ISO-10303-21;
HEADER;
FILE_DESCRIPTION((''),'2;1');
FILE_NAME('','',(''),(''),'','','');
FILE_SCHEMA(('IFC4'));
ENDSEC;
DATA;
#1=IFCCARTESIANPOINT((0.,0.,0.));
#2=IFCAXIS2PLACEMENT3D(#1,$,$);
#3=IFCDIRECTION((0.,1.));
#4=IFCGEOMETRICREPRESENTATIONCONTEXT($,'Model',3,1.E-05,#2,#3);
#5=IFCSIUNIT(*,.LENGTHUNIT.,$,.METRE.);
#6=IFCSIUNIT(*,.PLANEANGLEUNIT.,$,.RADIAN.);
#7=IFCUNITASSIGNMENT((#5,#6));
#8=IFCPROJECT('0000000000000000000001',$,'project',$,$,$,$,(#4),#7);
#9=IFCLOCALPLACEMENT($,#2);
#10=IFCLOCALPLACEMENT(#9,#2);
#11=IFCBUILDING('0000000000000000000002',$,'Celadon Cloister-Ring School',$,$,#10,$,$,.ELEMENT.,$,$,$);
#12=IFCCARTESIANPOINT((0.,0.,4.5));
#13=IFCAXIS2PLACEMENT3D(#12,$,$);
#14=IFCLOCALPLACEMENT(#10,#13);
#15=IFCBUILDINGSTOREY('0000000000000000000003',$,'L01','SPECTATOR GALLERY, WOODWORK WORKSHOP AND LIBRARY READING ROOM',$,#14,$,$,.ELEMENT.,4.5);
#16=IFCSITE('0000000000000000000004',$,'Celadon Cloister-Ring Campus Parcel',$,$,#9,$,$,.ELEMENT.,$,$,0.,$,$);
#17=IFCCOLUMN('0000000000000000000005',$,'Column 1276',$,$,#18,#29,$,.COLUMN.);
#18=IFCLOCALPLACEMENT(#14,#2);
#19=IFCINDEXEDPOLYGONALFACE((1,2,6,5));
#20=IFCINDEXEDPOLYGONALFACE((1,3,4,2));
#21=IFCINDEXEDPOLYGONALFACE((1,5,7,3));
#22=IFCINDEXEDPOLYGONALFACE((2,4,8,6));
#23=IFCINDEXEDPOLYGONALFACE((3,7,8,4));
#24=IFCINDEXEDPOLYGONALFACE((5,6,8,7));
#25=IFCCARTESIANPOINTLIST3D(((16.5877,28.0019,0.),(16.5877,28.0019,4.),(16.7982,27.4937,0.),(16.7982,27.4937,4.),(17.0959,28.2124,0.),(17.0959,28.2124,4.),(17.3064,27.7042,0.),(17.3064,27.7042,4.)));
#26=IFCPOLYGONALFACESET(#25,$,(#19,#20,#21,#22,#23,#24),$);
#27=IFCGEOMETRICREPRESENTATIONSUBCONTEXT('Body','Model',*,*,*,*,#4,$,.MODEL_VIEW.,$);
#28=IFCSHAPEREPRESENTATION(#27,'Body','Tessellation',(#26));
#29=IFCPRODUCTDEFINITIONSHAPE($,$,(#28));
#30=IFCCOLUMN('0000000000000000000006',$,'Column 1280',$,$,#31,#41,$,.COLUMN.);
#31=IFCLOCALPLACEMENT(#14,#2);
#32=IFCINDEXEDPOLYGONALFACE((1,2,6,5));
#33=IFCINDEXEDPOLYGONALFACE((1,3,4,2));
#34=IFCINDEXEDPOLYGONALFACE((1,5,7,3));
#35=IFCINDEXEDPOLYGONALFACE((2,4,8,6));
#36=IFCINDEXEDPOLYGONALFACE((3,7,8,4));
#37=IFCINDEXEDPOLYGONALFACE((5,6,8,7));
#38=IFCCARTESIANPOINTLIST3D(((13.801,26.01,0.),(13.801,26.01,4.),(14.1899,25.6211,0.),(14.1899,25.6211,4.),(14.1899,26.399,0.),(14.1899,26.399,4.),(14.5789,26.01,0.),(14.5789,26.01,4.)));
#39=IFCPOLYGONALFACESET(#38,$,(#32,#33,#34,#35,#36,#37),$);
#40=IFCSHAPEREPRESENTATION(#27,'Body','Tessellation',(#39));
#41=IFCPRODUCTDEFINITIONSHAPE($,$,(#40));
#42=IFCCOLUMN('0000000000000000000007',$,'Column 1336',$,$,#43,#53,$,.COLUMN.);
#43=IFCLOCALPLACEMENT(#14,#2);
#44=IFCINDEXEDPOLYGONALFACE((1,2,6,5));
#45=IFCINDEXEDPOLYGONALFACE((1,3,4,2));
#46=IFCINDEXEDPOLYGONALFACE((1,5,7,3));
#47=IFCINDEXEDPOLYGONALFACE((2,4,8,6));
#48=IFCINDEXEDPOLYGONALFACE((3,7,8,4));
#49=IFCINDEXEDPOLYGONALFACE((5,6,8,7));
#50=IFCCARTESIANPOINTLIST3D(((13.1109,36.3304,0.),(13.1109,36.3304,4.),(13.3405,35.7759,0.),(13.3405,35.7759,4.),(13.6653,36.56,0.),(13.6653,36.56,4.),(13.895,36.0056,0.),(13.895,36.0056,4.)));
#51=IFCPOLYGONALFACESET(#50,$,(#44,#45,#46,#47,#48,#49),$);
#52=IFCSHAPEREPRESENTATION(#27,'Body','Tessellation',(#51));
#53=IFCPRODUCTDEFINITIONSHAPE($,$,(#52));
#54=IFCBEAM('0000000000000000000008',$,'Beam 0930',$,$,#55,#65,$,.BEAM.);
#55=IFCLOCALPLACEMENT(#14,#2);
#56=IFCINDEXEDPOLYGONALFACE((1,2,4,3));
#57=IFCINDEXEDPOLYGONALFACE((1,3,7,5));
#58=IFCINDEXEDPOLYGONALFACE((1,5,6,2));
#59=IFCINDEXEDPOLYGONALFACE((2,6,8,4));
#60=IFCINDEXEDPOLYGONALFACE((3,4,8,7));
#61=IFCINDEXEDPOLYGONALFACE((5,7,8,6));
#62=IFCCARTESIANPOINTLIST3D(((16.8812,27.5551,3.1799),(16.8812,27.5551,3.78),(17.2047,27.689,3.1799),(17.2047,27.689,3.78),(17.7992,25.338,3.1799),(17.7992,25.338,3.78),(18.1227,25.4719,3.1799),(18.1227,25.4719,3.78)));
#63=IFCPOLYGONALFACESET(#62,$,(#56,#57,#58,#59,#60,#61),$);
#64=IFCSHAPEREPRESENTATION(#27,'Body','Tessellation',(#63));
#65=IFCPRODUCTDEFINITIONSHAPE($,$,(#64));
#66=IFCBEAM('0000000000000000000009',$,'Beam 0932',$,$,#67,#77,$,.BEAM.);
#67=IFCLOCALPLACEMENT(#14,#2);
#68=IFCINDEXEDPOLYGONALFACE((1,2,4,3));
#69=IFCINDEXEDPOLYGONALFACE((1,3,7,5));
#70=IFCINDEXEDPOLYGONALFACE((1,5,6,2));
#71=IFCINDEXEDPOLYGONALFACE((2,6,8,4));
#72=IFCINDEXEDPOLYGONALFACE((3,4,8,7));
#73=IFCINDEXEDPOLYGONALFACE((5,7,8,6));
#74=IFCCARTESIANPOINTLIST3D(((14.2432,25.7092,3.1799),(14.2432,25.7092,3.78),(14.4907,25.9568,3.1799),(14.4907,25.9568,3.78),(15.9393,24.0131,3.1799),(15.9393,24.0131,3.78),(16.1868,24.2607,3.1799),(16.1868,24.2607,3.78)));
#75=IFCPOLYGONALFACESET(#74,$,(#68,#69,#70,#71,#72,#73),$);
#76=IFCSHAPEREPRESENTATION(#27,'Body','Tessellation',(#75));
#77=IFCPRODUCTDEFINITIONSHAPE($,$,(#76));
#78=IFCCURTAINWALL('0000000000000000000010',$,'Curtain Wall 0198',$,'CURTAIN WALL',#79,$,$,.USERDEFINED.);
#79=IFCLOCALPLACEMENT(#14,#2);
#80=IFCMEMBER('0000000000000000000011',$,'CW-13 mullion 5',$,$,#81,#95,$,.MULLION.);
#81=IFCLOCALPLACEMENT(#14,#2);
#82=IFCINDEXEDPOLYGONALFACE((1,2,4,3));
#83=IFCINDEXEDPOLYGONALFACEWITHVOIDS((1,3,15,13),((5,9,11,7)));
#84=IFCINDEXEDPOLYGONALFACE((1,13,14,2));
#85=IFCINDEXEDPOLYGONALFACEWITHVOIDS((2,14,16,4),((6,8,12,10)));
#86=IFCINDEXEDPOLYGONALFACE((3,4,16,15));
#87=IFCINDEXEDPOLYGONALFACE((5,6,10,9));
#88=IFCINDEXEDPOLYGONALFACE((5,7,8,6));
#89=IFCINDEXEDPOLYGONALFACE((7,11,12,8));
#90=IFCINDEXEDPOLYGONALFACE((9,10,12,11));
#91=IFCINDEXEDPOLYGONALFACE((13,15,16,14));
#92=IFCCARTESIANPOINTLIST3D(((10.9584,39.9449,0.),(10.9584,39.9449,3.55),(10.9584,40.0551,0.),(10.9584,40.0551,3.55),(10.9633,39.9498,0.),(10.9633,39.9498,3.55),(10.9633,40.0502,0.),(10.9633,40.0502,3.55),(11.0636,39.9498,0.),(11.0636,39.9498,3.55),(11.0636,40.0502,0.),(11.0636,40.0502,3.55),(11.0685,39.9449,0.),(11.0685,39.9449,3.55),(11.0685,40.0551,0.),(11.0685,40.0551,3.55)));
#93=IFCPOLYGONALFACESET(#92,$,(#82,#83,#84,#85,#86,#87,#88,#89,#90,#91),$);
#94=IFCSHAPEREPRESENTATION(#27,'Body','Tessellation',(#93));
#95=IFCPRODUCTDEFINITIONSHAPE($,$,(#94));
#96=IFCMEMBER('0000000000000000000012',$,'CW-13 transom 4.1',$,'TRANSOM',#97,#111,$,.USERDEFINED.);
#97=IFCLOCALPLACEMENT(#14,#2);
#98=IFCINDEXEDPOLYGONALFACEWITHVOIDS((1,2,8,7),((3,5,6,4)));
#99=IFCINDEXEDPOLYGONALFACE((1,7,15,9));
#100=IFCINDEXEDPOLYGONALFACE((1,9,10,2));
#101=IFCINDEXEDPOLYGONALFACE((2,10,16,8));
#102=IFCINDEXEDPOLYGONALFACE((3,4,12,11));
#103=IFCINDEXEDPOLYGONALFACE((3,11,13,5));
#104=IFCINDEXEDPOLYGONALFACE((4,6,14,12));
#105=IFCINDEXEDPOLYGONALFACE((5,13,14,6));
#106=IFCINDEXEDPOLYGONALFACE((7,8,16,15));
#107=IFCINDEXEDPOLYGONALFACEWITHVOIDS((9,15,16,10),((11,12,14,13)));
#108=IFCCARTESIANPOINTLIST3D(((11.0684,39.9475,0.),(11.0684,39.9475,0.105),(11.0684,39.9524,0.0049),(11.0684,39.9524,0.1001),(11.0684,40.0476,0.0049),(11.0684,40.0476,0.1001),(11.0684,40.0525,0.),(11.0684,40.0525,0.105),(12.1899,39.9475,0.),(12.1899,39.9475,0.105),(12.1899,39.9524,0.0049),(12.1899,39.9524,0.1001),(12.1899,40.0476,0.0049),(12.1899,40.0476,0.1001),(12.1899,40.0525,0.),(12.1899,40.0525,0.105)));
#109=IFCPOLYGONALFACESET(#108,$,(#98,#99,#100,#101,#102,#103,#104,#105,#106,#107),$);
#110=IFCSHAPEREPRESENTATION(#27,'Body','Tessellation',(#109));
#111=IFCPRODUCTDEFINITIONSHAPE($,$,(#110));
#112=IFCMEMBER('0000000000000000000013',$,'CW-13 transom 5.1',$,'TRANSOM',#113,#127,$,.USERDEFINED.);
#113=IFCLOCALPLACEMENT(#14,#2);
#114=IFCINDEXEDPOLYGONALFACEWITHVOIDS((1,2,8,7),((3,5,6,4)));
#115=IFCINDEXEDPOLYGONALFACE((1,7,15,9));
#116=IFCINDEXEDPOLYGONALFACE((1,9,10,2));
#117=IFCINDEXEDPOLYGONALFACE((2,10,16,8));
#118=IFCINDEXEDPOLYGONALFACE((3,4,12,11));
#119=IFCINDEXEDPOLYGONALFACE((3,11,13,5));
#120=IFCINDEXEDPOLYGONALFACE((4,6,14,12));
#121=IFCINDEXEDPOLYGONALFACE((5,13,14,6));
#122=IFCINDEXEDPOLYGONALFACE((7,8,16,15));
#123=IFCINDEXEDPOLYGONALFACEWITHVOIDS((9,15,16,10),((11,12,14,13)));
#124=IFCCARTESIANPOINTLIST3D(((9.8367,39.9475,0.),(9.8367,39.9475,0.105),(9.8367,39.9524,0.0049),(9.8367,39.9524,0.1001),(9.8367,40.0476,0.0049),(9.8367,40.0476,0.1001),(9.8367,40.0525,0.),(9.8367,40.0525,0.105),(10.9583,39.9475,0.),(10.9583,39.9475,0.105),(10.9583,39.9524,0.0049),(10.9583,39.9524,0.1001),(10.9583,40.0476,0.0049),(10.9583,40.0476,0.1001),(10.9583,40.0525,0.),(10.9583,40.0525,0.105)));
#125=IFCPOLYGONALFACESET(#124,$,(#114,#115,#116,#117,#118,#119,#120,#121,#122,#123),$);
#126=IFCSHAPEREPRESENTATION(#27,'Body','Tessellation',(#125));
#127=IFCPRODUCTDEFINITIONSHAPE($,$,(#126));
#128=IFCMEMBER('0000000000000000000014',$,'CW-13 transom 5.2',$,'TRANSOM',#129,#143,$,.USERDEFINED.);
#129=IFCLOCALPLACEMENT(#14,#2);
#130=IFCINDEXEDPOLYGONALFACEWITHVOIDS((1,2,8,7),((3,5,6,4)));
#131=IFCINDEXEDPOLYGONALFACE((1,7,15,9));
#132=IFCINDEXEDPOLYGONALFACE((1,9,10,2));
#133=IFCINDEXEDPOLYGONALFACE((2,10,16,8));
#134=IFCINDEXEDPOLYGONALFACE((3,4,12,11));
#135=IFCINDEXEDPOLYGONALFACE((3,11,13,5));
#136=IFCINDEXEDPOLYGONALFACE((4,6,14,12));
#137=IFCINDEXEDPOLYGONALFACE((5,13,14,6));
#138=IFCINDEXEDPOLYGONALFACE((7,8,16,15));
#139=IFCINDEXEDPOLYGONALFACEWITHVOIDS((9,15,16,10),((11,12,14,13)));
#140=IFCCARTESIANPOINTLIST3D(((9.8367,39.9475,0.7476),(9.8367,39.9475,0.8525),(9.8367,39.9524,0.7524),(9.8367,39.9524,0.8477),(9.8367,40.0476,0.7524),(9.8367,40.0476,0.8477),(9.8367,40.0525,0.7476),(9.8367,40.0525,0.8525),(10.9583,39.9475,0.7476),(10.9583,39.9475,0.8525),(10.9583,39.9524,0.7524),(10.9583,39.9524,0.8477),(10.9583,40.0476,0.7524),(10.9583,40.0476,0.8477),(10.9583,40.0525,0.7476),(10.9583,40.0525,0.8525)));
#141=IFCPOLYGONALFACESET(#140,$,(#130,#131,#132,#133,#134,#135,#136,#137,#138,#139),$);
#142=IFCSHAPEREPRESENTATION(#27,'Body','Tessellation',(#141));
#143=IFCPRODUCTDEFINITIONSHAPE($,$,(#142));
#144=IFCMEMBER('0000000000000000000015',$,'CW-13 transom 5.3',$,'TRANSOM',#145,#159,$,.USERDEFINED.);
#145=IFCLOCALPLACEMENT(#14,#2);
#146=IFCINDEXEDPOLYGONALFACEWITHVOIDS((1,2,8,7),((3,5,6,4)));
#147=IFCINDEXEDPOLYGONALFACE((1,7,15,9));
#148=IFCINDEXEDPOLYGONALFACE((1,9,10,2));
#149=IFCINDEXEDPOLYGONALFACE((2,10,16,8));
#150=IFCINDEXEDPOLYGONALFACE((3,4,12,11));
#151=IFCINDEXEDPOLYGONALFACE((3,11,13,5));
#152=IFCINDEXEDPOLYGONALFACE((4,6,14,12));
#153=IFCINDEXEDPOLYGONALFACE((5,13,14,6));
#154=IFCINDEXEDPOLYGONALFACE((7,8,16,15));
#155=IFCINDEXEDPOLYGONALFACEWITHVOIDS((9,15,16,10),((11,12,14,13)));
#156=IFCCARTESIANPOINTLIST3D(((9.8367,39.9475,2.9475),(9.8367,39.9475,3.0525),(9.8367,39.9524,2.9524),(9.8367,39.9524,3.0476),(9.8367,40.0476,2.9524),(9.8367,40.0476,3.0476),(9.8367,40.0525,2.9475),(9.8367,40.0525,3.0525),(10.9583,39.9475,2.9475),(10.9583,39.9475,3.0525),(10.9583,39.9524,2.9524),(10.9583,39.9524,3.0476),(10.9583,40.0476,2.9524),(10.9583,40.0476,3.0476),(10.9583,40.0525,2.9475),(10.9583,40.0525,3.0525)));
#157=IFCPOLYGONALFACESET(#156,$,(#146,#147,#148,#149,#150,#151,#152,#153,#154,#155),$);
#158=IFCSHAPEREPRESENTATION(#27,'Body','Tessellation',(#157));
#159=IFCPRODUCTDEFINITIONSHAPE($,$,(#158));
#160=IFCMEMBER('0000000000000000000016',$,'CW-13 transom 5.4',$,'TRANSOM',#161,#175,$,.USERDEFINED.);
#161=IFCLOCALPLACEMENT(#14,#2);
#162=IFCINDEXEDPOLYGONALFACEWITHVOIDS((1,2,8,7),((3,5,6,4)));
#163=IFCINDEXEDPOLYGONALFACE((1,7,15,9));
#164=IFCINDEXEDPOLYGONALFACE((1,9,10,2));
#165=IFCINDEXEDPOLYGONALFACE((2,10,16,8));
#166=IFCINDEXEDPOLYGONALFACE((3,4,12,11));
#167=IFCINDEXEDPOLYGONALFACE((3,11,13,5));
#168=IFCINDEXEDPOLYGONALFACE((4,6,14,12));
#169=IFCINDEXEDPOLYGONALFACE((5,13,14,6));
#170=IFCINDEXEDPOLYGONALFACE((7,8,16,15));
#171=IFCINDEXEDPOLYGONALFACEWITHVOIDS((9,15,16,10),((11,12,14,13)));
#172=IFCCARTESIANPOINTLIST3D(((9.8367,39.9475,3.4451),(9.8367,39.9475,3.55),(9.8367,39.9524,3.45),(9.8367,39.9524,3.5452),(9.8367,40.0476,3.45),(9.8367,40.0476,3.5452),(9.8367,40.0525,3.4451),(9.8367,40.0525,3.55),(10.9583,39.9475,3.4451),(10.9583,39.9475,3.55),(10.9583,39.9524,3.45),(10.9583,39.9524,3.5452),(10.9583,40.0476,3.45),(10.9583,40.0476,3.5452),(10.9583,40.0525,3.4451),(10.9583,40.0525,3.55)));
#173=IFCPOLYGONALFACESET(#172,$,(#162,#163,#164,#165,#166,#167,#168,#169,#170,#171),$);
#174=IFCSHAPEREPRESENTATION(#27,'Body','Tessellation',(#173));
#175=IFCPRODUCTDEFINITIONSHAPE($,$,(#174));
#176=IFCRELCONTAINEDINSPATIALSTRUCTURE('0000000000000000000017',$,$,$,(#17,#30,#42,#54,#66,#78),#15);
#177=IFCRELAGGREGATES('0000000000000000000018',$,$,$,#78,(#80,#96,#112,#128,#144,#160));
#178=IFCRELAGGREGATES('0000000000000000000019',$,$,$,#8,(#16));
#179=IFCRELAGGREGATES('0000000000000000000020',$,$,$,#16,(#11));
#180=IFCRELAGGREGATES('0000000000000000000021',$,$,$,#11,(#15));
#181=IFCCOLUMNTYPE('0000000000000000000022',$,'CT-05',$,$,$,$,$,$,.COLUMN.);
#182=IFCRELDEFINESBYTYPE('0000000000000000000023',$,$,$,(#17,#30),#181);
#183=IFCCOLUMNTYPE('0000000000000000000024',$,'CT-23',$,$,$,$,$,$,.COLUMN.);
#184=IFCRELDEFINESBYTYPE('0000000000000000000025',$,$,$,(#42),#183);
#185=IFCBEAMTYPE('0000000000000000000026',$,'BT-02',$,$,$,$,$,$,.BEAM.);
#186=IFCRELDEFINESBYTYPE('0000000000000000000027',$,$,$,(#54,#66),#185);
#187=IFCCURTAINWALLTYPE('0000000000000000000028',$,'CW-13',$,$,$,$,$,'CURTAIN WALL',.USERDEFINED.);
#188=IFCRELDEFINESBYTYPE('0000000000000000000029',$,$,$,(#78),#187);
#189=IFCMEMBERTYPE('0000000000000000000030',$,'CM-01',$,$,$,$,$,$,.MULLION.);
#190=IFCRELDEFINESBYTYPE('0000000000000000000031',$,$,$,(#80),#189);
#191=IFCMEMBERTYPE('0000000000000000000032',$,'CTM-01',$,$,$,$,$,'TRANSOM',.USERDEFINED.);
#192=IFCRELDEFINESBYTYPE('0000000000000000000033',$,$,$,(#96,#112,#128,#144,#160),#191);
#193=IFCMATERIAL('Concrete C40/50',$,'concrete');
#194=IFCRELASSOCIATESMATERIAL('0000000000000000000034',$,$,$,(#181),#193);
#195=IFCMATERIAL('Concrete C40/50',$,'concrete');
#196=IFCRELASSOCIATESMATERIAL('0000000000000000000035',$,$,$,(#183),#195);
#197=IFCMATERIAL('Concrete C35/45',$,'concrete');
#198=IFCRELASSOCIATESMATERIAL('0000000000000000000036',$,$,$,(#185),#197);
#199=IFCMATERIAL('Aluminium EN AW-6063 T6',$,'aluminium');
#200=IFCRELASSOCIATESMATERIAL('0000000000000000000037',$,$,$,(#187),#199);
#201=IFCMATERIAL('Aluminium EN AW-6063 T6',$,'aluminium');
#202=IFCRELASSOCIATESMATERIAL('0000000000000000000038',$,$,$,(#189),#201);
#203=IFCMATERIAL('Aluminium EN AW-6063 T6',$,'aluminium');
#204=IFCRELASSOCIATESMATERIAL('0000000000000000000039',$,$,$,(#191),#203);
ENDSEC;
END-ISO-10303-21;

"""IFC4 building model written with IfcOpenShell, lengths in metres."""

from ifc_helpers import new_model, si_unit, direction, frame, origin, origin_2d, place, context, subcontext, project, spatial, rectangle, hollow_rectangle, extrude, material, material_profile, profile_set, type_object, element, aggregate, save


model = new_model("IFC4")

# Units and contexts
model_context = context("Model", 3, precision=1e-05, world=origin(), true_north=direction((0.0, 1.0)))
body_context = subcontext(model_context, "Body", "Model", "MODEL_VIEW")
ifc_project = project(units=[si_unit("LENGTHUNIT", "METRE"), si_unit("PLANEANGLEUNIT", "RADIAN")], contexts=[model_context])

# Site, building, storey
site_placement = place(None, origin())
site = spatial("IfcSite", under=ifc_project, at=site_placement, Name="Celadon Cloister-Ring Campus Parcel", CompositionType="ELEMENT", RefElevation=0.0)
building_placement = place(site_placement, origin())
building = spatial("IfcBuilding", under=site, at=building_placement, Name="Celadon Cloister-Ring School", CompositionType="ELEMENT")
storey_placement = place(building_placement, frame((0.0, 0.0, 4.5)))
storey = spatial("IfcBuildingStorey", under=building, at=storey_placement, Name="L01", Description="SPECTATOR GALLERY, WOODWORK WORKSHOP AND LIBRARY READING ROOM", CompositionType="ELEMENT", Elevation=4.5)

# Columns
ifc_material_1 = material(Name="Concrete C40/50", Category="concrete")
ifc_material_profile_1 = material_profile(ifc_material_1, rectangle(XDim=0.55, YDim=0.55, at=origin_2d()), Name="RC550X550")
ifc_profile_set_1 = profile_set([ifc_material_profile_1], Name="Concrete C40/50")
column_type_1 = type_object("IfcColumnType", Name="CT-05", PredefinedType="COLUMN", material=ifc_profile_set_1)
for number, where, z_axis, x_axis, name in (
    (1, (16.947, 27.853, 0.0), (0.0, 0.0, 1.0), (-0.382683, 0.92388, 0.0), "Column 1276"),
    (2, (14.1899, 26.01, 0.0), (0.0, 0.0, 1.0), (-0.707107, 0.707107, 0.0), "Column 1280"),
):
    element("IfcColumn", number, at=place(storey_placement, frame(where, z_axis=z_axis, x_axis=x_axis)), inside=storey, type_object=column_type_1, Name=name, PredefinedType="COLUMN", context=body_context, shape_type="SweptSolid", body=[
        extrude(rectangle(XDim=0.55, YDim=0.55, at=origin_2d()), origin(), (0.0, 0.0, 1.0), 4.0),
    ])
ifc_material_2 = material(Name="Concrete C40/50", Category="concrete")
ifc_material_profile_2 = material_profile(ifc_material_2, rectangle(XDim=0.6001, YDim=0.6001, at=origin_2d()), Name="RC600X600")
ifc_profile_set_2 = profile_set([ifc_material_profile_2], Name="Concrete C40/50")
column_type_2 = type_object("IfcColumnType", Name="CT-23", PredefinedType="COLUMN", material=ifc_profile_set_2)
column_placement = place(storey_placement, frame((13.5029, 36.168, 0.0), z_axis=(0.0, 0.0, 1.0), x_axis=(-0.382683, 0.92388, 0.0)))
element("IfcColumn", 3, at=column_placement, inside=storey, type_object=column_type_2, Name="Column 1336", PredefinedType="COLUMN", context=body_context, shape_type="SweptSolid", body=[
    extrude(rectangle(XDim=0.6001, YDim=0.6001, at=origin_2d()), origin(), (0.0, 0.0, 1.0), 4.0),
])

# Beams
ifc_material_3 = material(Name="Concrete C35/45", Category="concrete")
ifc_material_profile_3 = material_profile(ifc_material_3, rectangle(XDim=0.3501, YDim=0.6001, at=origin_2d()), Name="RC350X600")
ifc_profile_set_3 = profile_set([ifc_material_profile_3], Name="Concrete C35/45")
beam_type_1 = type_object("IfcBeamType", Name="BT-02", PredefinedType="BEAM", material=ifc_profile_set_3)
beam_1_placement = place(storey_placement, frame((17.043, 27.6221, 3.48), z_axis=(0.382555, -0.923933, 0.0), x_axis=(0.923933, 0.382555, 0.0)))
element("IfcBeam", 4, at=beam_1_placement, inside=storey, type_object=beam_type_1, Name="Beam 0930", PredefinedType="BEAM", context=body_context, shape_type="SweptSolid", body=[
    extrude(rectangle(XDim=0.3501, YDim=0.6001, at=origin_2d()), origin(), (0.0, 0.0, 1.0), 2.3997),
])
beam_2_placement = place(storey_placement, frame((14.3669, 25.833, 3.48), z_axis=(0.707107, -0.707107, 0.0), x_axis=(0.707107, 0.707107, 0.0)))
element("IfcBeam", 5, at=beam_2_placement, inside=storey, type_object=beam_type_1, Name="Beam 0932", PredefinedType="BEAM", context=body_context, shape_type="SweptSolid", body=[
    extrude(rectangle(XDim=0.3501, YDim=0.6001, at=origin_2d()), origin(), (0.0, 0.0, 1.0), 2.3987),
])

# Curtain wall, members
ifc_material_4 = material(Name="Aluminium EN AW-6063 T6", Category="aluminium")
curtain_wall_type = type_object("IfcCurtainWallType", Name="CW-13", ElementType="CURTAIN WALL", PredefinedType="USERDEFINED", material=ifc_material_4)
curtain_wall_placement = place(storey_placement, origin())
curtain_wall = element("IfcCurtainWall", 6, at=curtain_wall_placement, inside=storey, type_object=curtain_wall_type, Name="Curtain Wall 0198", ObjectType="CURTAIN WALL", PredefinedType="USERDEFINED")
ifc_material_5 = material(Name="Aluminium EN AW-6063 T6", Category="aluminium")
ifc_material_profile_4 = material_profile(ifc_material_5, hollow_rectangle(XDim=0.1101, YDim=0.1101, WallThickness=0.0049, at=origin_2d()), Name="RHS110X110X5")
ifc_profile_set_4 = profile_set([ifc_material_profile_4], Name="Aluminium EN AW-6063 T6")
member_type_1 = type_object("IfcMemberType", Name="CM-01", PredefinedType="MULLION", material=ifc_profile_set_4)
member_1_placement = place(storey_placement, frame((11.0134, 40.0, 0.0), z_axis=(0.0, 0.0, 1.0), x_axis=(0.0, -1.0, 0.0)))
member_1 = element("IfcMember", 7, at=member_1_placement, type_object=member_type_1, Name="CW-13 mullion 5", PredefinedType="MULLION", context=body_context, shape_type="SweptSolid", body=[
    extrude(hollow_rectangle(XDim=0.1101, YDim=0.1101, WallThickness=0.0049, at=origin_2d()), origin(), (0.0, 0.0, 1.0), 3.55),
])
ifc_material_6 = material(Name="Aluminium EN AW-6063 T6", Category="aluminium")
ifc_material_profile_5 = material_profile(ifc_material_6, hollow_rectangle(XDim=0.105, YDim=0.105, WallThickness=0.0049, at=origin_2d()), Name="RHS105X105X5")
ifc_profile_set_5 = profile_set([ifc_material_profile_5], Name="Aluminium EN AW-6063 T6")
member_type_2 = type_object("IfcMemberType", Name="CTM-01", ElementType="TRANSOM", PredefinedType="USERDEFINED", material=ifc_profile_set_5)
member_2_placement = place(storey_placement, frame((12.1899, 40.0, 0.0525), z_axis=(-1.0, 0.0, 0.0), x_axis=(0.0, -1.0, 0.0)))
member_2 = element("IfcMember", 8, at=member_2_placement, type_object=member_type_2, Name="CW-13 transom 4.1", ObjectType="TRANSOM", PredefinedType="USERDEFINED", context=body_context, shape_type="SweptSolid", body=[
    extrude(hollow_rectangle(XDim=0.105, YDim=0.105, WallThickness=0.0049, at=origin_2d()), origin(), (0.0, 0.0, 1.0), 1.1216),
])
member_3_placement = place(storey_placement, frame((10.9583, 40.0, 0.0525), z_axis=(-1.0, 0.0, 0.0), x_axis=(0.0, -1.0, 0.0)))
member_3 = element("IfcMember", 9, at=member_3_placement, type_object=member_type_2, Name="CW-13 transom 5.1", ObjectType="TRANSOM", PredefinedType="USERDEFINED", context=body_context, shape_type="SweptSolid", body=[
    extrude(hollow_rectangle(XDim=0.105, YDim=0.105, WallThickness=0.0049, at=origin_2d()), origin(), (0.0, 0.0, 1.0), 1.1216),
])
member_4_placement = place(storey_placement, frame((10.9583, 40.0, 0.8), z_axis=(-1.0, 0.0, 0.0), x_axis=(0.0, -1.0, 0.0)))
member_4 = element("IfcMember", 10, at=member_4_placement, type_object=member_type_2, Name="CW-13 transom 5.2", ObjectType="TRANSOM", PredefinedType="USERDEFINED", context=body_context, shape_type="SweptSolid", body=[
    extrude(hollow_rectangle(XDim=0.105, YDim=0.105, WallThickness=0.0049, at=origin_2d()), origin(), (0.0, 0.0, 1.0), 1.1216),
])
member_5_placement = place(storey_placement, frame((10.9583, 40.0, 3.0), z_axis=(-1.0, 0.0, 0.0), x_axis=(0.0, -1.0, 0.0)))
member_5 = element("IfcMember", 11, at=member_5_placement, type_object=member_type_2, Name="CW-13 transom 5.3", ObjectType="TRANSOM", PredefinedType="USERDEFINED", context=body_context, shape_type="SweptSolid", body=[
    extrude(hollow_rectangle(XDim=0.105, YDim=0.105, WallThickness=0.0049, at=origin_2d()), origin(), (0.0, 0.0, 1.0), 1.1216),
])
member_6_placement = place(storey_placement, frame((10.9583, 40.0, 3.4976), z_axis=(-1.0, 0.0, 0.0), x_axis=(0.0, -1.0, 0.0)))
member_6 = element("IfcMember", 12, at=member_6_placement, type_object=member_type_2, Name="CW-13 transom 5.4", ObjectType="TRANSOM", PredefinedType="USERDEFINED", context=body_context, shape_type="SweptSolid", body=[
    extrude(hollow_rectangle(XDim=0.105, YDim=0.105, WallThickness=0.0049, at=origin_2d()), origin(), (0.0, 0.0, 1.0), 1.1216),
])

aggregate(curtain_wall, [member_1, member_2, member_3, member_4, member_5, member_6])

save(model, "model.ifc")
